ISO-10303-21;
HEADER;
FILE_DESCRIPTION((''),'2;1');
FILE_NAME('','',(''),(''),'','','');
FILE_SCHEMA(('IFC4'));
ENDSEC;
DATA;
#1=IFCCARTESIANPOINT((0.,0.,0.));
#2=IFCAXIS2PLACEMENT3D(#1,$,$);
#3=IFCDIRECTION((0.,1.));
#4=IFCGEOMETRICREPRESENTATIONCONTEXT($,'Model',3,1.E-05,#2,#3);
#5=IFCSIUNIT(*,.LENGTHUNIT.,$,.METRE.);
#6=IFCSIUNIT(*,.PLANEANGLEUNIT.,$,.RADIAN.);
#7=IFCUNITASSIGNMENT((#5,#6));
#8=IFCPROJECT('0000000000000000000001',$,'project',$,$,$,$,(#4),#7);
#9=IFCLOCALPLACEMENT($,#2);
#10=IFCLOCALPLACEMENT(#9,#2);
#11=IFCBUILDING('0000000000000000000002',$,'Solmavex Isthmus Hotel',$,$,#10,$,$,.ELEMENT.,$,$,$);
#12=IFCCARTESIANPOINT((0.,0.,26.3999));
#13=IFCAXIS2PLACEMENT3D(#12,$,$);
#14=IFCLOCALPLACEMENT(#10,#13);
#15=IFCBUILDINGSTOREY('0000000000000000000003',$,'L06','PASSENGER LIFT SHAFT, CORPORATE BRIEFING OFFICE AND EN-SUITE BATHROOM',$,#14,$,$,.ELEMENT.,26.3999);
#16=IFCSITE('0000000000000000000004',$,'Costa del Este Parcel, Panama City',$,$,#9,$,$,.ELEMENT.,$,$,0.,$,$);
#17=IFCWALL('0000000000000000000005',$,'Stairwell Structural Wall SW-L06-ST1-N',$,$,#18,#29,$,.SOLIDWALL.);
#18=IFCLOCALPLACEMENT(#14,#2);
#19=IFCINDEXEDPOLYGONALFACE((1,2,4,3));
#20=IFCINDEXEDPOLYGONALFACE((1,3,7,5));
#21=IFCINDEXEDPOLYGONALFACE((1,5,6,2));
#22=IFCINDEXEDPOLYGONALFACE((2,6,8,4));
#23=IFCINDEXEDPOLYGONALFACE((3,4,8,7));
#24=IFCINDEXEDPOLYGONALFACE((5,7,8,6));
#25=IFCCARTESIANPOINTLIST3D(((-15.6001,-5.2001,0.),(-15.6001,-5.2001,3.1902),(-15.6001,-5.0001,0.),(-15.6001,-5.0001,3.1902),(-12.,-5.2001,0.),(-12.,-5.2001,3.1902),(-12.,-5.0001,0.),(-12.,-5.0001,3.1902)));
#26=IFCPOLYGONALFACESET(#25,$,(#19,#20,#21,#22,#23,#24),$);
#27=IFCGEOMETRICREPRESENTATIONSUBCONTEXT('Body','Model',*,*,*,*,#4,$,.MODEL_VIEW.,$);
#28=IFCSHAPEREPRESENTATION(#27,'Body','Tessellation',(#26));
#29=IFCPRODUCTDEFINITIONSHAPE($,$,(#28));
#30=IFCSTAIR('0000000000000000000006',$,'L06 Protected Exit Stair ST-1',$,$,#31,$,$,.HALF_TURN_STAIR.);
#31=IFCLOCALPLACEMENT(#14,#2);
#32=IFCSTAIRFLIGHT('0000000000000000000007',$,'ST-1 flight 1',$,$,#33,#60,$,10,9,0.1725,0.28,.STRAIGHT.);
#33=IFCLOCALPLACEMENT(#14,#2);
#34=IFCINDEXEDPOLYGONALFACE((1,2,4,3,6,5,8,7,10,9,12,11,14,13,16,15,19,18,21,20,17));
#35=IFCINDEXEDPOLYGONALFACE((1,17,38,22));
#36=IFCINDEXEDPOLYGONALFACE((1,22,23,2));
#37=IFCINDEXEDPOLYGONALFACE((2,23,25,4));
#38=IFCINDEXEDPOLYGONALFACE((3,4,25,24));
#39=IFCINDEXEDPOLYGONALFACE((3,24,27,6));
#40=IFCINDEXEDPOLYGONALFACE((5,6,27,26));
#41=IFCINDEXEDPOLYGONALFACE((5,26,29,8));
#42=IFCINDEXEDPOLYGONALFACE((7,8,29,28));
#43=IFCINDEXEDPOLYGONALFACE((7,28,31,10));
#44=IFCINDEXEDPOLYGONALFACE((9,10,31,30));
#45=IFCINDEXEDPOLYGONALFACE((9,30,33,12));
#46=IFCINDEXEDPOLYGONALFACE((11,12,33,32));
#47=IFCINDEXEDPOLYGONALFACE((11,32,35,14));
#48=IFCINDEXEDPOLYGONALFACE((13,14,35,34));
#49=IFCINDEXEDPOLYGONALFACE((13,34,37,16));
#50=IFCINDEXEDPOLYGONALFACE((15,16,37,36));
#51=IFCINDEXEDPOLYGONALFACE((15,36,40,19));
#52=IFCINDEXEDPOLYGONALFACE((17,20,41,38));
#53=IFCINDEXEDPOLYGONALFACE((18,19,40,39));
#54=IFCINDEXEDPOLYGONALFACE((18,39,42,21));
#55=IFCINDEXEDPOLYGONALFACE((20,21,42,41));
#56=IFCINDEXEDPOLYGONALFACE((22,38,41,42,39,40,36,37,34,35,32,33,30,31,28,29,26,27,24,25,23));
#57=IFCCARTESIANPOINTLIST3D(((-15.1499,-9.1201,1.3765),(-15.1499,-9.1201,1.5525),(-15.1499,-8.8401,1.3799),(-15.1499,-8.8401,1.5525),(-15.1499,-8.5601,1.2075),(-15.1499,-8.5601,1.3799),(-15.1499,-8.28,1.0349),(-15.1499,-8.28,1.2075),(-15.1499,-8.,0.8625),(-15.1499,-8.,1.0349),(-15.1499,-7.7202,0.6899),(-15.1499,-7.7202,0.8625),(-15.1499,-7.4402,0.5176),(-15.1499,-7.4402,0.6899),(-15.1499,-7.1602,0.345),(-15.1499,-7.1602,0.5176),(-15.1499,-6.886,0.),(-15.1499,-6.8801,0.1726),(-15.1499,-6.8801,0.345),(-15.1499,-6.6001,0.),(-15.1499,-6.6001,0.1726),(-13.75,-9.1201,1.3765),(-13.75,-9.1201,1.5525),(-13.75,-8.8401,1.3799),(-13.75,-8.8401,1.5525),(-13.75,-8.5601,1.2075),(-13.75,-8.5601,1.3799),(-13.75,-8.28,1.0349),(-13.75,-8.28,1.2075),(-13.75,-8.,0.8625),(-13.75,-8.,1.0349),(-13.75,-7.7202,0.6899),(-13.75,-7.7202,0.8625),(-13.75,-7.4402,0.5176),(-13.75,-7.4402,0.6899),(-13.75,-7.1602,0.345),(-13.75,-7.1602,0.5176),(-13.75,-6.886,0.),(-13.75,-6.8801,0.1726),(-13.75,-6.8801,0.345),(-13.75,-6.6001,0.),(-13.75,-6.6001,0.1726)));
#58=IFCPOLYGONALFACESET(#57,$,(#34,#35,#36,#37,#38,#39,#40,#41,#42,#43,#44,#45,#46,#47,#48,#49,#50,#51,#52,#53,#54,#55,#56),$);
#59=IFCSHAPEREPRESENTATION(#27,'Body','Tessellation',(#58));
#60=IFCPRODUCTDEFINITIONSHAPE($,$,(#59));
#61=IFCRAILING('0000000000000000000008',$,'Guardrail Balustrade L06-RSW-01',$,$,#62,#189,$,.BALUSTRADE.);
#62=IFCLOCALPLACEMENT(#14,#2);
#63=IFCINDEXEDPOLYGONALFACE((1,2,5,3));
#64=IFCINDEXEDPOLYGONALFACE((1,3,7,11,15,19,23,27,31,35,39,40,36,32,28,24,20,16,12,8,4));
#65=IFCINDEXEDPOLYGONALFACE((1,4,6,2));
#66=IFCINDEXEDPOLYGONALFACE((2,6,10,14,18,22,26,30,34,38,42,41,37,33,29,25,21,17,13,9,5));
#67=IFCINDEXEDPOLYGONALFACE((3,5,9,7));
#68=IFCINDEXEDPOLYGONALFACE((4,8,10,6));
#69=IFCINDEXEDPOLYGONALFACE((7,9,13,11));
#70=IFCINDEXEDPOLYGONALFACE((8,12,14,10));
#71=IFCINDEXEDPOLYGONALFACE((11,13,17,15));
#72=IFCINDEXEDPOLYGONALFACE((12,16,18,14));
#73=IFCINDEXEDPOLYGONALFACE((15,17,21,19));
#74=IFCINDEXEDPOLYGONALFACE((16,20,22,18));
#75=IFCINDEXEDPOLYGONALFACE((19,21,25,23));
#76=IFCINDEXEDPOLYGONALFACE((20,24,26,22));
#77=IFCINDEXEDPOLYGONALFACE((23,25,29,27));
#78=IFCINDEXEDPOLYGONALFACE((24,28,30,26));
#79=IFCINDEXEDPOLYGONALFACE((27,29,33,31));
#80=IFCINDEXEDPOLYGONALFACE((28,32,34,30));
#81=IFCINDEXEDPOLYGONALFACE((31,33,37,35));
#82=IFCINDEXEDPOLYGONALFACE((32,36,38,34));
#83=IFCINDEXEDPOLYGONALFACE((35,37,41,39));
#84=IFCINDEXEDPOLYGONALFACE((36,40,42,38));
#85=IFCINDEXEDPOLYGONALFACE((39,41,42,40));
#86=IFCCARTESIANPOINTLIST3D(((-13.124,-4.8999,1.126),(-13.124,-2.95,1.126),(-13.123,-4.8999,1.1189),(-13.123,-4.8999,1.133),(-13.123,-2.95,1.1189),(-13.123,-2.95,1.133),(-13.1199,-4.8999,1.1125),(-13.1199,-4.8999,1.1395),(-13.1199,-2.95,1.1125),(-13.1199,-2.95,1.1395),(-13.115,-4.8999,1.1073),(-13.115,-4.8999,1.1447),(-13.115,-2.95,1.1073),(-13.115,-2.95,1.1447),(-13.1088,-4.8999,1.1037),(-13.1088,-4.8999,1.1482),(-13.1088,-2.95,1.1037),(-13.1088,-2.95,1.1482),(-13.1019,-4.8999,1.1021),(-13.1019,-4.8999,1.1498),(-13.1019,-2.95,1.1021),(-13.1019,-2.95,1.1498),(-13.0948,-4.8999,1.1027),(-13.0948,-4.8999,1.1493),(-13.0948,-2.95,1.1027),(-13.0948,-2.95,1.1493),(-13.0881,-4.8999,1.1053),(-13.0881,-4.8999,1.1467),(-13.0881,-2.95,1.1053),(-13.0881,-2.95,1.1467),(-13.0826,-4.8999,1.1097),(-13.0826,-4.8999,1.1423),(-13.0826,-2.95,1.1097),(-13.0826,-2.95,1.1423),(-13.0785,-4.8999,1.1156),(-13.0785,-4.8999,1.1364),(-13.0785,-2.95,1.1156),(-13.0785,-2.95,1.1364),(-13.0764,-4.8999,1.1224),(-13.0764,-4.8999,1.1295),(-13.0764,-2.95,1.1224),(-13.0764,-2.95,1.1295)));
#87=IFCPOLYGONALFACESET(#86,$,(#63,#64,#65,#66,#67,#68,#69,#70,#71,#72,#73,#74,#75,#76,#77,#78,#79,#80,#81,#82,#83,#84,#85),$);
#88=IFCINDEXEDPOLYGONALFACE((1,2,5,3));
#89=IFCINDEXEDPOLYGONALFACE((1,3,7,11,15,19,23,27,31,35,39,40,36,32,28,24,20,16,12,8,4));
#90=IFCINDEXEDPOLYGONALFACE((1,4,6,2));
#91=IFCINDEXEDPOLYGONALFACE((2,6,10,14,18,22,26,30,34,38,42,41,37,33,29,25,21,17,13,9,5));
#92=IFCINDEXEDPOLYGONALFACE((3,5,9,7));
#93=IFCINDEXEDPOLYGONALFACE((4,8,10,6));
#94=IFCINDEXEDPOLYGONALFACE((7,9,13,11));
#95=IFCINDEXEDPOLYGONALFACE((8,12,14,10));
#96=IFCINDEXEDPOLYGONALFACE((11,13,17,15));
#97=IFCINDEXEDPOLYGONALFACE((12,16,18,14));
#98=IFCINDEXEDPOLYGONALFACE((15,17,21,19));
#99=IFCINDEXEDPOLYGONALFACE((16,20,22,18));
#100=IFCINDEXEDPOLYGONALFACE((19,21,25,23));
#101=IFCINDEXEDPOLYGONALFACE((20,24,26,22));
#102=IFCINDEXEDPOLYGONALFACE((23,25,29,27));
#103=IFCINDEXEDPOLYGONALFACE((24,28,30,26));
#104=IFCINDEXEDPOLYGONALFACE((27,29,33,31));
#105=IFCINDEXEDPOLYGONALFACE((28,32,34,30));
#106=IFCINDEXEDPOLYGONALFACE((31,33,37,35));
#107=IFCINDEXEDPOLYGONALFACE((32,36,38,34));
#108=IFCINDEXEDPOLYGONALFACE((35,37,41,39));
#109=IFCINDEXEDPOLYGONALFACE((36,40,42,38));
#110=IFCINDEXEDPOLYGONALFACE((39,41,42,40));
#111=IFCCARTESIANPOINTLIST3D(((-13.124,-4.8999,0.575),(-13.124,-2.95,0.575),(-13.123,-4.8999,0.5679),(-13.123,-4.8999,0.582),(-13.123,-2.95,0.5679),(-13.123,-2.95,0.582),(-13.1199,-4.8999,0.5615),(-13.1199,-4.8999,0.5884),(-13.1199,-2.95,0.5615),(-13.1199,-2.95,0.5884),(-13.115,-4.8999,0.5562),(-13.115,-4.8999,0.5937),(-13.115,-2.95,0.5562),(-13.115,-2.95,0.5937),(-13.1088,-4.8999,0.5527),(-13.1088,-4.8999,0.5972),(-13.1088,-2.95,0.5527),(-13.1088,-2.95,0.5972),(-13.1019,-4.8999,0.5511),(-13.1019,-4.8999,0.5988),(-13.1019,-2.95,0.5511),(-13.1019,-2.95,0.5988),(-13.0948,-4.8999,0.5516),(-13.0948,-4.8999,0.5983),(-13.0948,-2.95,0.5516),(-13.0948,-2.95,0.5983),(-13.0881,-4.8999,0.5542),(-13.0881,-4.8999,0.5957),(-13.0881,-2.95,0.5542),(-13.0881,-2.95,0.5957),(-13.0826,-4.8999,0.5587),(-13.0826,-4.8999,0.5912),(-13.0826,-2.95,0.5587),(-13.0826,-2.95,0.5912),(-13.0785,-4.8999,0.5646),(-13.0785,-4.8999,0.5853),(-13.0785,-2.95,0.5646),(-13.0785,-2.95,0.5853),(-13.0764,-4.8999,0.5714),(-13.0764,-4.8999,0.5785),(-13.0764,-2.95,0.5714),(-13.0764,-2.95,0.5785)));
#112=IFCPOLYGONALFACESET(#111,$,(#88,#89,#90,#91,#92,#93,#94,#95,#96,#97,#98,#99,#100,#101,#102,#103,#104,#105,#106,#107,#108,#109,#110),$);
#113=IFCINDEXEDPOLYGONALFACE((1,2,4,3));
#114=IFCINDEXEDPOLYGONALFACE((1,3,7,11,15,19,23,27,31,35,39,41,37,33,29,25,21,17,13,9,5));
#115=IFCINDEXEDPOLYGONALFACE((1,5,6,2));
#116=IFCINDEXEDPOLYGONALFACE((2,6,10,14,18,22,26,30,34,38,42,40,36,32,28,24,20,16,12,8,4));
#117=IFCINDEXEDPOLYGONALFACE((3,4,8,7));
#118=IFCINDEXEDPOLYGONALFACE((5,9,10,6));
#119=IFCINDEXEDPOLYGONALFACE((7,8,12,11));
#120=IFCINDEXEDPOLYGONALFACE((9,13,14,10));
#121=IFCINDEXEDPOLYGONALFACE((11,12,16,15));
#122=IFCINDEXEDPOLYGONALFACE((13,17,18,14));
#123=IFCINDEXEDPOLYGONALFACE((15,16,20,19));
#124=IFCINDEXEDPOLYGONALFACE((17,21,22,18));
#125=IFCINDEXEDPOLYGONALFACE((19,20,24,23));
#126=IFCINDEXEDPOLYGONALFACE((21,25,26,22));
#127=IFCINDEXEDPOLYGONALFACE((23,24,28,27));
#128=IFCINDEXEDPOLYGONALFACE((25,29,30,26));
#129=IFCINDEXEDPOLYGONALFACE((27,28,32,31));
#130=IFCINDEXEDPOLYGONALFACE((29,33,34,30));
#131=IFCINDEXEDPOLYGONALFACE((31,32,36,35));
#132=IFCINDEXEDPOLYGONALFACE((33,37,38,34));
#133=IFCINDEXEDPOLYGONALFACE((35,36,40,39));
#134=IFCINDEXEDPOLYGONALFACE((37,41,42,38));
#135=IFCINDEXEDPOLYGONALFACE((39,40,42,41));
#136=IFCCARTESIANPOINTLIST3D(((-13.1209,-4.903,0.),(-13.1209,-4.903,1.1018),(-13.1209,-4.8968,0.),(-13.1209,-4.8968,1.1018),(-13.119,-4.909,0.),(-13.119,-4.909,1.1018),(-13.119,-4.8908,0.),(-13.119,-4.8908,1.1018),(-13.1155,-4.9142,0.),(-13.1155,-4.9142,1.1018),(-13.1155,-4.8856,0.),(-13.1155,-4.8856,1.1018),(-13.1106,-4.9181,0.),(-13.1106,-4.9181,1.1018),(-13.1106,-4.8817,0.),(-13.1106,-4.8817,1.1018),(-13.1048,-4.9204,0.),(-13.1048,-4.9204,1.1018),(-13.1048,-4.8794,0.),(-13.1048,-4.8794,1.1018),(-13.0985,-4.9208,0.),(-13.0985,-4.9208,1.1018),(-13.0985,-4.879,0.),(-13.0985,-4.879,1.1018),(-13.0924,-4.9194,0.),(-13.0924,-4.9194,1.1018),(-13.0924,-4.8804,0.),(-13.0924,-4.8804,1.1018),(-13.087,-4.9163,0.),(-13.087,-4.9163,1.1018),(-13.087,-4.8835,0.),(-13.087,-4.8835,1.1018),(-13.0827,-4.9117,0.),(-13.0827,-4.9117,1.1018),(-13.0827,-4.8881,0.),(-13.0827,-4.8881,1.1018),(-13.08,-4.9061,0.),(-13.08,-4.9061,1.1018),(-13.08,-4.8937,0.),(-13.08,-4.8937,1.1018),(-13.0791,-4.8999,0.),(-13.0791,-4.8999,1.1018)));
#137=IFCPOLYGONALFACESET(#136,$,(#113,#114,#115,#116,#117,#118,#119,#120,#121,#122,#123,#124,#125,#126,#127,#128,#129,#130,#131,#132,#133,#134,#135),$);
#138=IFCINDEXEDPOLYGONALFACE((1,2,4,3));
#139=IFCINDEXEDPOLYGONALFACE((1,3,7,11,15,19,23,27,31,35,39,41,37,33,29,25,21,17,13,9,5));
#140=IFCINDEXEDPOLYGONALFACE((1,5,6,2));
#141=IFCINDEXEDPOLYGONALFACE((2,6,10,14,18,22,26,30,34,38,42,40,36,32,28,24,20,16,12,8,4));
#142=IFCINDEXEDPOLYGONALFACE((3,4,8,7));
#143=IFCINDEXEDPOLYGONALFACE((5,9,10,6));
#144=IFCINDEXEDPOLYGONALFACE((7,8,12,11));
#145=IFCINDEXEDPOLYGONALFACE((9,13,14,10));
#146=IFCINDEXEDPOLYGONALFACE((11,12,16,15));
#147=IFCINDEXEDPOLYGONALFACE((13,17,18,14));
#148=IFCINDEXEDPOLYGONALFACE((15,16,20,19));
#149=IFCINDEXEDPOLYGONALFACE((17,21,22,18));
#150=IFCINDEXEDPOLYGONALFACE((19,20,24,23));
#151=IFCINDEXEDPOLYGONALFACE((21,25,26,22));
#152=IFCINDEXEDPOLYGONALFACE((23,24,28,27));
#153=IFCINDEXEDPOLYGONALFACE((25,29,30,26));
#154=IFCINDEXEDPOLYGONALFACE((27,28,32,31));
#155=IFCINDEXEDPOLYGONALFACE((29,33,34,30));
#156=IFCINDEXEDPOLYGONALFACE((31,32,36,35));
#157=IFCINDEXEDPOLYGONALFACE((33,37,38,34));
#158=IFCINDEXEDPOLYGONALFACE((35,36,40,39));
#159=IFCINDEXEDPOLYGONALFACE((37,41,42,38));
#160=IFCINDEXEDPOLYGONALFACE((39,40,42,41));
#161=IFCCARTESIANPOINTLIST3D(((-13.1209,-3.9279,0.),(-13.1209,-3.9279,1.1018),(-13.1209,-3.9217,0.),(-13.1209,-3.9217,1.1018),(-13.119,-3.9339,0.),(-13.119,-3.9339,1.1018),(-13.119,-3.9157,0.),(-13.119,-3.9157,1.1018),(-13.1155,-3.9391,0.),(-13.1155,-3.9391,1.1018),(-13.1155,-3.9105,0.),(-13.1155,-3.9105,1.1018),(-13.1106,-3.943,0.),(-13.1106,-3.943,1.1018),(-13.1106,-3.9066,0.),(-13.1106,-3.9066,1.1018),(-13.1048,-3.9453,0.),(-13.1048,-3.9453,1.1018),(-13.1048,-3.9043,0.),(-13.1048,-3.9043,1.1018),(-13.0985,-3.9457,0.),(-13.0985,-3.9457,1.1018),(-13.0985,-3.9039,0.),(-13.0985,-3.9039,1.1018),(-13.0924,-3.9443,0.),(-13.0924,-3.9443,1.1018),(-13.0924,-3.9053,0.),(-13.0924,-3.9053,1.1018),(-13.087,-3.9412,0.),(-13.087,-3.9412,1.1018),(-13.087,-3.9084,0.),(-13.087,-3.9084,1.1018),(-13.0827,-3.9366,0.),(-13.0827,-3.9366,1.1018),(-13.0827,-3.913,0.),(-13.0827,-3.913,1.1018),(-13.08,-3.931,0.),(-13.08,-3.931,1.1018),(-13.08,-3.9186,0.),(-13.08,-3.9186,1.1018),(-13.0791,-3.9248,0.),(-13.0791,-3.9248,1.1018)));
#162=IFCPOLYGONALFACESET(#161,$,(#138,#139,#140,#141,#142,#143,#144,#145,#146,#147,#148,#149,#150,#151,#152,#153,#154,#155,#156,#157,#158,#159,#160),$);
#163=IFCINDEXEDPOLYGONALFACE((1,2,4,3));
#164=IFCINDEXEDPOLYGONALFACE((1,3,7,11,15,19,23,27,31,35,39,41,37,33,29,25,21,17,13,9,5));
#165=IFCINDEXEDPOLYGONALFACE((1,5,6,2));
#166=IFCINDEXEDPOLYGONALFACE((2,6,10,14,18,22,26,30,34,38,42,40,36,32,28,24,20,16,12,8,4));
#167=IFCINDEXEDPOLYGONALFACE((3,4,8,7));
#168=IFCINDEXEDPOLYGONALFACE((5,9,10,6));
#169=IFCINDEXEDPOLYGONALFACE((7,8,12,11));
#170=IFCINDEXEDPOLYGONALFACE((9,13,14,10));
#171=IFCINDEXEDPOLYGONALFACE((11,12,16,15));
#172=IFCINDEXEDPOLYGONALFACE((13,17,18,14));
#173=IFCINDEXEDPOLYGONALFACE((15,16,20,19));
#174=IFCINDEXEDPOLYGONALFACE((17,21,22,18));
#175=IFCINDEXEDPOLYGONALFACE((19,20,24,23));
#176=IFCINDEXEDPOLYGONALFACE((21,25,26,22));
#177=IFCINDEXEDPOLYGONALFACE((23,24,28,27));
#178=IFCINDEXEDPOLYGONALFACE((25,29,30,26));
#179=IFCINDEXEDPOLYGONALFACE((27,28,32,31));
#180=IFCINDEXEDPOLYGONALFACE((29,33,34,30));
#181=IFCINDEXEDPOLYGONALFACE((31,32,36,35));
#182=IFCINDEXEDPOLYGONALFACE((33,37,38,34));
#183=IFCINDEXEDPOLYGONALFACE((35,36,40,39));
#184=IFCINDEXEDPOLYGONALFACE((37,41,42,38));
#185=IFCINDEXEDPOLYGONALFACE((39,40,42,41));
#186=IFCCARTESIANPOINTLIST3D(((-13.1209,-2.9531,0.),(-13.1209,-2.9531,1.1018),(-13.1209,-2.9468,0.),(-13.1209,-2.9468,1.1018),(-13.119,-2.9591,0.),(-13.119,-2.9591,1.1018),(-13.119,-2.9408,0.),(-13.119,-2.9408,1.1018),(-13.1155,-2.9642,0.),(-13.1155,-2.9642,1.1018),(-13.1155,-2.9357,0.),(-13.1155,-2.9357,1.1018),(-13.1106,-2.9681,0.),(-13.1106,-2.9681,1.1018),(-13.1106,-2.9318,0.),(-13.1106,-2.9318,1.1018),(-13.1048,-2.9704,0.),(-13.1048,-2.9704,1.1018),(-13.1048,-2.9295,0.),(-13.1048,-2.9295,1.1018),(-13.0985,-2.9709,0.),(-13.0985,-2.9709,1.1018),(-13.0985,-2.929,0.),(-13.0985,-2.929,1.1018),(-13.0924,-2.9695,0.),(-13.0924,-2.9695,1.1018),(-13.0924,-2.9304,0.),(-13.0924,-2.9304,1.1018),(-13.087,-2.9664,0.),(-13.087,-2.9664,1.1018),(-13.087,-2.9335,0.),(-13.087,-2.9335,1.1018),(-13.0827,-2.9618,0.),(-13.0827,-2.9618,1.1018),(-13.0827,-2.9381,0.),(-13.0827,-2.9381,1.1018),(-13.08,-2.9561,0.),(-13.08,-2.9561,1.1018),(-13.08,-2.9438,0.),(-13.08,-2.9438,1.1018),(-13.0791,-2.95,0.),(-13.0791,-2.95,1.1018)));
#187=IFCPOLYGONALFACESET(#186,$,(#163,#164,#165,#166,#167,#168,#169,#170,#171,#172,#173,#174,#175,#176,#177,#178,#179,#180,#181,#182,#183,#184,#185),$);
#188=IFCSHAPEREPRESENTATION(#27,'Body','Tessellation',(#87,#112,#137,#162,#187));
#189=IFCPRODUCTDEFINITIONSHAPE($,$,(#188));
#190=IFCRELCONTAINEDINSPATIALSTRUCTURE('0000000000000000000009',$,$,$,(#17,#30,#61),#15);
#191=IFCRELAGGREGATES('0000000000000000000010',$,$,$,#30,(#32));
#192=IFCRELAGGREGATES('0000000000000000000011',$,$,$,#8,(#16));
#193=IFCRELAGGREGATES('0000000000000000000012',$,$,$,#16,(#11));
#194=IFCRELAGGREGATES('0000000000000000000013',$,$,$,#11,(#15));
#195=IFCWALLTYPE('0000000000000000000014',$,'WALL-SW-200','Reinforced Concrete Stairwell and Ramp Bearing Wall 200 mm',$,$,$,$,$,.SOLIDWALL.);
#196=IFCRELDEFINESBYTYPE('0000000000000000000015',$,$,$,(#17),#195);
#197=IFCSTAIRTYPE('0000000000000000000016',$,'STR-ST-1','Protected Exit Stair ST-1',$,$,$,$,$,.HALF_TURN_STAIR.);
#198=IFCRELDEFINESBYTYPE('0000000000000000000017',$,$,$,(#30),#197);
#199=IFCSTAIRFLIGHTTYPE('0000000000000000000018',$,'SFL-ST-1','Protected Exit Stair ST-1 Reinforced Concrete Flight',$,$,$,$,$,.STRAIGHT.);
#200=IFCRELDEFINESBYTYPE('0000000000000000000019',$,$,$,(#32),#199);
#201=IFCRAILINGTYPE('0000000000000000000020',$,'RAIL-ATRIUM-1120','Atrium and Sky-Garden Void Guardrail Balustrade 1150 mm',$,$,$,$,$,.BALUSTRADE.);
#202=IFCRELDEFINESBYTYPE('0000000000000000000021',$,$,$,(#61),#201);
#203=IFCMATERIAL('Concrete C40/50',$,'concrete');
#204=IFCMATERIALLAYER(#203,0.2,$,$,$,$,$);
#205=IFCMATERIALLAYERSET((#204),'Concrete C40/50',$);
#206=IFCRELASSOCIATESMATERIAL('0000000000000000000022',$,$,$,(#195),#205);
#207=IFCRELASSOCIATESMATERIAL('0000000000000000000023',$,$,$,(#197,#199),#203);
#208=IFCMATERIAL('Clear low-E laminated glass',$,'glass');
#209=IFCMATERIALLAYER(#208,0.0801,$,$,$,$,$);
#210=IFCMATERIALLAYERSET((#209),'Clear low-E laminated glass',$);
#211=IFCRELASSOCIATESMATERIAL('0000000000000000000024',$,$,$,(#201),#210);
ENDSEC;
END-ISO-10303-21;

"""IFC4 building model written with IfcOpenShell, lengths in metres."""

from ifc_helpers import new_model, si_unit, direction, frame, frame_2d, origin, origin_2d, place, context, subcontext, project, spatial, polyline, rectangle, circle, outline, extrude, material, layer, layer_set, type_object, element, aggregate, save


model = new_model("IFC4")

# Units and contexts
model_context = context("Model", 3, precision=1e-05, world=origin(), true_north=direction((0.0, 1.0)))
body_context = subcontext(model_context, "Body", "Model", "MODEL_VIEW")
ifc_project = project(units=[si_unit("LENGTHUNIT", "METRE"), si_unit("PLANEANGLEUNIT", "RADIAN")], contexts=[model_context])

# Site, building, storey
site_placement = place(None, origin())
site = spatial("IfcSite", under=ifc_project, at=site_placement, Name="Costa del Este Parcel, Panama City", CompositionType="ELEMENT", RefElevation=0.0)
building_placement = place(site_placement, origin())
building = spatial("IfcBuilding", under=site, at=building_placement, Name="Solmavex Isthmus Hotel", CompositionType="ELEMENT")
storey_placement = place(building_placement, frame((0.0, 0.0, 26.3999)))
storey = spatial("IfcBuildingStorey", under=building, at=storey_placement, Name="L06", Description="PASSENGER LIFT SHAFT, CORPORATE BRIEFING OFFICE AND EN-SUITE BATHROOM", CompositionType="ELEMENT", Elevation=26.3999)

# Shared definitions
ifc_material_1 = material(Name="Concrete C40/50", Category="concrete")

# Wall
ifc_layer_1 = layer(ifc_material_1, 0.2)
ifc_layer_set_1 = layer_set([ifc_layer_1], Name="Concrete C40/50")
wall_type_1 = type_object("IfcWallType", Name="WALL-SW-200", Description="Reinforced Concrete Stairwell and Ramp Bearing Wall 200 mm", PredefinedType="SOLIDWALL", material=ifc_layer_set_1)
wall_1_placement = place(storey_placement, frame((-15.6001, -5.1001, 0.0), z_axis=(0.0, 0.0, 1.0), x_axis=(1.0, 0.0, 0.0)))
element("IfcWall", 1, at=wall_1_placement, inside=storey, type_object=wall_type_1, Name="Stairwell Structural Wall SW-L06-ST1-N", PredefinedType="SOLIDWALL", context=body_context, shape_type="SweptSolid", body=[
    extrude(rectangle(XDim=3.6001, YDim=0.2, at=frame_2d((1.8, 0.0))), origin(), (0.0, 0.0, 1.0), 3.1902),
])

# Stair, stair flight
stair_type = type_object("IfcStairType", Name="STR-ST-1", Description="Protected Exit Stair ST-1", PredefinedType="HALF_TURN_STAIR", material=ifc_material_1)
stair_placement = place(storey_placement, origin())
stair = element("IfcStair", 2, at=stair_placement, inside=storey, type_object=stair_type, Name="L06 Protected Exit Stair ST-1", PredefinedType="HALF_TURN_STAIR")
stair_flight_type = type_object("IfcStairFlightType", Name="SFL-ST-1", Description="Protected Exit Stair ST-1 Reinforced Concrete Flight", PredefinedType="STRAIGHT", material=ifc_material_1)
stair_flight_placement = place(storey_placement, frame((-14.45, -6.6001, 0.0), z_axis=(0.0, 0.0, 1.0), x_axis=(0.0, -1.0, 0.0)))
stair_flight = element("IfcStairFlight", 3, at=stair_flight_placement, type_object=stair_flight_type, Name="ST-1 flight 1", NumberOfRisers=10, NumberOfTreads=9, PredefinedType="STRAIGHT", RiserHeight=0.1725, TreadLength=0.28, context=body_context, shape_type="SweptSolid", body=[
    extrude(outline(polyline([(0.0, 0.0), (0.0, 0.1726), (0.28, 0.1726), (0.28, 0.345), (0.5601, 0.345), (0.5601, 0.5176), (0.8401, 0.5176), (0.8401, 0.6899), (1.1201, 0.6899), (1.1201, 0.8625), (1.3999, 0.8625), (1.3999, 1.0349), (1.6799, 1.0349), (1.6799, 1.2075), (1.96, 1.2075), (1.96, 1.3799), (2.24, 1.3799), (2.24, 1.5525), (2.52, 1.5525), (2.52, 1.7251), (2.52, 1.3765), (0.2859, 0.0), (0.0, 0.0)])), frame((0.0, 0.7, 0.0), z_axis=(0.0, -1.0, 0.0), x_axis=(1.0, 0.0, 0.0)), (0.0, 0.0, 1.0), 1.3999),
])
aggregate(stair, [stair_flight])

# Railing
ifc_material_2 = material(Name="Clear low-E laminated glass", Category="glass")
ifc_layer_2 = layer(ifc_material_2, 0.0801)
ifc_layer_set_2 = layer_set([ifc_layer_2], Name="Clear low-E laminated glass")
railing_type_1 = type_object("IfcRailingType", Name="RAIL-ATRIUM-1120", Description="Atrium and Sky-Garden Void Guardrail Balustrade 1150 mm", PredefinedType="BALUSTRADE", material=ifc_layer_set_2)
railing_1_placement = place(storey_placement, frame((-13.1001, -4.8999, 0.0)))
element("IfcRailing", 4, at=railing_1_placement, inside=storey, type_object=railing_type_1, Name="Guardrail Balustrade L06-RSW-01", PredefinedType="BALUSTRADE", context=body_context, shape_type="SweptSolid", body=[
    extrude(circle(Radius=0.0239, at=origin_2d()), frame((0.0, 0.0, 1.126), z_axis=(0.0, 1.0, 0.0), x_axis=(-1.0, 0.0, 0.0)), (0.0, 0.0, 1.0), 1.95),
    extrude(circle(Radius=0.0239, at=origin_2d()), frame((0.0, 0.0, 0.575), z_axis=(0.0, 1.0, 0.0), x_axis=(-1.0, 0.0, 0.0)), (0.0, 0.0, 1.0), 1.95),
    extrude(circle(Radius=0.021, at=origin_2d()), origin(), (0.0, 0.0, 1.0), 1.1018),
    extrude(circle(Radius=0.021, at=origin_2d()), frame((0.0, 0.9751, 0.0)), (0.0, 0.0, 1.0), 1.1018),
    extrude(circle(Radius=0.021, at=origin_2d()), frame((0.0, 1.95, 0.0)), (0.0, 0.0, 1.0), 1.1018),
])

save(model, "model.ifc")
